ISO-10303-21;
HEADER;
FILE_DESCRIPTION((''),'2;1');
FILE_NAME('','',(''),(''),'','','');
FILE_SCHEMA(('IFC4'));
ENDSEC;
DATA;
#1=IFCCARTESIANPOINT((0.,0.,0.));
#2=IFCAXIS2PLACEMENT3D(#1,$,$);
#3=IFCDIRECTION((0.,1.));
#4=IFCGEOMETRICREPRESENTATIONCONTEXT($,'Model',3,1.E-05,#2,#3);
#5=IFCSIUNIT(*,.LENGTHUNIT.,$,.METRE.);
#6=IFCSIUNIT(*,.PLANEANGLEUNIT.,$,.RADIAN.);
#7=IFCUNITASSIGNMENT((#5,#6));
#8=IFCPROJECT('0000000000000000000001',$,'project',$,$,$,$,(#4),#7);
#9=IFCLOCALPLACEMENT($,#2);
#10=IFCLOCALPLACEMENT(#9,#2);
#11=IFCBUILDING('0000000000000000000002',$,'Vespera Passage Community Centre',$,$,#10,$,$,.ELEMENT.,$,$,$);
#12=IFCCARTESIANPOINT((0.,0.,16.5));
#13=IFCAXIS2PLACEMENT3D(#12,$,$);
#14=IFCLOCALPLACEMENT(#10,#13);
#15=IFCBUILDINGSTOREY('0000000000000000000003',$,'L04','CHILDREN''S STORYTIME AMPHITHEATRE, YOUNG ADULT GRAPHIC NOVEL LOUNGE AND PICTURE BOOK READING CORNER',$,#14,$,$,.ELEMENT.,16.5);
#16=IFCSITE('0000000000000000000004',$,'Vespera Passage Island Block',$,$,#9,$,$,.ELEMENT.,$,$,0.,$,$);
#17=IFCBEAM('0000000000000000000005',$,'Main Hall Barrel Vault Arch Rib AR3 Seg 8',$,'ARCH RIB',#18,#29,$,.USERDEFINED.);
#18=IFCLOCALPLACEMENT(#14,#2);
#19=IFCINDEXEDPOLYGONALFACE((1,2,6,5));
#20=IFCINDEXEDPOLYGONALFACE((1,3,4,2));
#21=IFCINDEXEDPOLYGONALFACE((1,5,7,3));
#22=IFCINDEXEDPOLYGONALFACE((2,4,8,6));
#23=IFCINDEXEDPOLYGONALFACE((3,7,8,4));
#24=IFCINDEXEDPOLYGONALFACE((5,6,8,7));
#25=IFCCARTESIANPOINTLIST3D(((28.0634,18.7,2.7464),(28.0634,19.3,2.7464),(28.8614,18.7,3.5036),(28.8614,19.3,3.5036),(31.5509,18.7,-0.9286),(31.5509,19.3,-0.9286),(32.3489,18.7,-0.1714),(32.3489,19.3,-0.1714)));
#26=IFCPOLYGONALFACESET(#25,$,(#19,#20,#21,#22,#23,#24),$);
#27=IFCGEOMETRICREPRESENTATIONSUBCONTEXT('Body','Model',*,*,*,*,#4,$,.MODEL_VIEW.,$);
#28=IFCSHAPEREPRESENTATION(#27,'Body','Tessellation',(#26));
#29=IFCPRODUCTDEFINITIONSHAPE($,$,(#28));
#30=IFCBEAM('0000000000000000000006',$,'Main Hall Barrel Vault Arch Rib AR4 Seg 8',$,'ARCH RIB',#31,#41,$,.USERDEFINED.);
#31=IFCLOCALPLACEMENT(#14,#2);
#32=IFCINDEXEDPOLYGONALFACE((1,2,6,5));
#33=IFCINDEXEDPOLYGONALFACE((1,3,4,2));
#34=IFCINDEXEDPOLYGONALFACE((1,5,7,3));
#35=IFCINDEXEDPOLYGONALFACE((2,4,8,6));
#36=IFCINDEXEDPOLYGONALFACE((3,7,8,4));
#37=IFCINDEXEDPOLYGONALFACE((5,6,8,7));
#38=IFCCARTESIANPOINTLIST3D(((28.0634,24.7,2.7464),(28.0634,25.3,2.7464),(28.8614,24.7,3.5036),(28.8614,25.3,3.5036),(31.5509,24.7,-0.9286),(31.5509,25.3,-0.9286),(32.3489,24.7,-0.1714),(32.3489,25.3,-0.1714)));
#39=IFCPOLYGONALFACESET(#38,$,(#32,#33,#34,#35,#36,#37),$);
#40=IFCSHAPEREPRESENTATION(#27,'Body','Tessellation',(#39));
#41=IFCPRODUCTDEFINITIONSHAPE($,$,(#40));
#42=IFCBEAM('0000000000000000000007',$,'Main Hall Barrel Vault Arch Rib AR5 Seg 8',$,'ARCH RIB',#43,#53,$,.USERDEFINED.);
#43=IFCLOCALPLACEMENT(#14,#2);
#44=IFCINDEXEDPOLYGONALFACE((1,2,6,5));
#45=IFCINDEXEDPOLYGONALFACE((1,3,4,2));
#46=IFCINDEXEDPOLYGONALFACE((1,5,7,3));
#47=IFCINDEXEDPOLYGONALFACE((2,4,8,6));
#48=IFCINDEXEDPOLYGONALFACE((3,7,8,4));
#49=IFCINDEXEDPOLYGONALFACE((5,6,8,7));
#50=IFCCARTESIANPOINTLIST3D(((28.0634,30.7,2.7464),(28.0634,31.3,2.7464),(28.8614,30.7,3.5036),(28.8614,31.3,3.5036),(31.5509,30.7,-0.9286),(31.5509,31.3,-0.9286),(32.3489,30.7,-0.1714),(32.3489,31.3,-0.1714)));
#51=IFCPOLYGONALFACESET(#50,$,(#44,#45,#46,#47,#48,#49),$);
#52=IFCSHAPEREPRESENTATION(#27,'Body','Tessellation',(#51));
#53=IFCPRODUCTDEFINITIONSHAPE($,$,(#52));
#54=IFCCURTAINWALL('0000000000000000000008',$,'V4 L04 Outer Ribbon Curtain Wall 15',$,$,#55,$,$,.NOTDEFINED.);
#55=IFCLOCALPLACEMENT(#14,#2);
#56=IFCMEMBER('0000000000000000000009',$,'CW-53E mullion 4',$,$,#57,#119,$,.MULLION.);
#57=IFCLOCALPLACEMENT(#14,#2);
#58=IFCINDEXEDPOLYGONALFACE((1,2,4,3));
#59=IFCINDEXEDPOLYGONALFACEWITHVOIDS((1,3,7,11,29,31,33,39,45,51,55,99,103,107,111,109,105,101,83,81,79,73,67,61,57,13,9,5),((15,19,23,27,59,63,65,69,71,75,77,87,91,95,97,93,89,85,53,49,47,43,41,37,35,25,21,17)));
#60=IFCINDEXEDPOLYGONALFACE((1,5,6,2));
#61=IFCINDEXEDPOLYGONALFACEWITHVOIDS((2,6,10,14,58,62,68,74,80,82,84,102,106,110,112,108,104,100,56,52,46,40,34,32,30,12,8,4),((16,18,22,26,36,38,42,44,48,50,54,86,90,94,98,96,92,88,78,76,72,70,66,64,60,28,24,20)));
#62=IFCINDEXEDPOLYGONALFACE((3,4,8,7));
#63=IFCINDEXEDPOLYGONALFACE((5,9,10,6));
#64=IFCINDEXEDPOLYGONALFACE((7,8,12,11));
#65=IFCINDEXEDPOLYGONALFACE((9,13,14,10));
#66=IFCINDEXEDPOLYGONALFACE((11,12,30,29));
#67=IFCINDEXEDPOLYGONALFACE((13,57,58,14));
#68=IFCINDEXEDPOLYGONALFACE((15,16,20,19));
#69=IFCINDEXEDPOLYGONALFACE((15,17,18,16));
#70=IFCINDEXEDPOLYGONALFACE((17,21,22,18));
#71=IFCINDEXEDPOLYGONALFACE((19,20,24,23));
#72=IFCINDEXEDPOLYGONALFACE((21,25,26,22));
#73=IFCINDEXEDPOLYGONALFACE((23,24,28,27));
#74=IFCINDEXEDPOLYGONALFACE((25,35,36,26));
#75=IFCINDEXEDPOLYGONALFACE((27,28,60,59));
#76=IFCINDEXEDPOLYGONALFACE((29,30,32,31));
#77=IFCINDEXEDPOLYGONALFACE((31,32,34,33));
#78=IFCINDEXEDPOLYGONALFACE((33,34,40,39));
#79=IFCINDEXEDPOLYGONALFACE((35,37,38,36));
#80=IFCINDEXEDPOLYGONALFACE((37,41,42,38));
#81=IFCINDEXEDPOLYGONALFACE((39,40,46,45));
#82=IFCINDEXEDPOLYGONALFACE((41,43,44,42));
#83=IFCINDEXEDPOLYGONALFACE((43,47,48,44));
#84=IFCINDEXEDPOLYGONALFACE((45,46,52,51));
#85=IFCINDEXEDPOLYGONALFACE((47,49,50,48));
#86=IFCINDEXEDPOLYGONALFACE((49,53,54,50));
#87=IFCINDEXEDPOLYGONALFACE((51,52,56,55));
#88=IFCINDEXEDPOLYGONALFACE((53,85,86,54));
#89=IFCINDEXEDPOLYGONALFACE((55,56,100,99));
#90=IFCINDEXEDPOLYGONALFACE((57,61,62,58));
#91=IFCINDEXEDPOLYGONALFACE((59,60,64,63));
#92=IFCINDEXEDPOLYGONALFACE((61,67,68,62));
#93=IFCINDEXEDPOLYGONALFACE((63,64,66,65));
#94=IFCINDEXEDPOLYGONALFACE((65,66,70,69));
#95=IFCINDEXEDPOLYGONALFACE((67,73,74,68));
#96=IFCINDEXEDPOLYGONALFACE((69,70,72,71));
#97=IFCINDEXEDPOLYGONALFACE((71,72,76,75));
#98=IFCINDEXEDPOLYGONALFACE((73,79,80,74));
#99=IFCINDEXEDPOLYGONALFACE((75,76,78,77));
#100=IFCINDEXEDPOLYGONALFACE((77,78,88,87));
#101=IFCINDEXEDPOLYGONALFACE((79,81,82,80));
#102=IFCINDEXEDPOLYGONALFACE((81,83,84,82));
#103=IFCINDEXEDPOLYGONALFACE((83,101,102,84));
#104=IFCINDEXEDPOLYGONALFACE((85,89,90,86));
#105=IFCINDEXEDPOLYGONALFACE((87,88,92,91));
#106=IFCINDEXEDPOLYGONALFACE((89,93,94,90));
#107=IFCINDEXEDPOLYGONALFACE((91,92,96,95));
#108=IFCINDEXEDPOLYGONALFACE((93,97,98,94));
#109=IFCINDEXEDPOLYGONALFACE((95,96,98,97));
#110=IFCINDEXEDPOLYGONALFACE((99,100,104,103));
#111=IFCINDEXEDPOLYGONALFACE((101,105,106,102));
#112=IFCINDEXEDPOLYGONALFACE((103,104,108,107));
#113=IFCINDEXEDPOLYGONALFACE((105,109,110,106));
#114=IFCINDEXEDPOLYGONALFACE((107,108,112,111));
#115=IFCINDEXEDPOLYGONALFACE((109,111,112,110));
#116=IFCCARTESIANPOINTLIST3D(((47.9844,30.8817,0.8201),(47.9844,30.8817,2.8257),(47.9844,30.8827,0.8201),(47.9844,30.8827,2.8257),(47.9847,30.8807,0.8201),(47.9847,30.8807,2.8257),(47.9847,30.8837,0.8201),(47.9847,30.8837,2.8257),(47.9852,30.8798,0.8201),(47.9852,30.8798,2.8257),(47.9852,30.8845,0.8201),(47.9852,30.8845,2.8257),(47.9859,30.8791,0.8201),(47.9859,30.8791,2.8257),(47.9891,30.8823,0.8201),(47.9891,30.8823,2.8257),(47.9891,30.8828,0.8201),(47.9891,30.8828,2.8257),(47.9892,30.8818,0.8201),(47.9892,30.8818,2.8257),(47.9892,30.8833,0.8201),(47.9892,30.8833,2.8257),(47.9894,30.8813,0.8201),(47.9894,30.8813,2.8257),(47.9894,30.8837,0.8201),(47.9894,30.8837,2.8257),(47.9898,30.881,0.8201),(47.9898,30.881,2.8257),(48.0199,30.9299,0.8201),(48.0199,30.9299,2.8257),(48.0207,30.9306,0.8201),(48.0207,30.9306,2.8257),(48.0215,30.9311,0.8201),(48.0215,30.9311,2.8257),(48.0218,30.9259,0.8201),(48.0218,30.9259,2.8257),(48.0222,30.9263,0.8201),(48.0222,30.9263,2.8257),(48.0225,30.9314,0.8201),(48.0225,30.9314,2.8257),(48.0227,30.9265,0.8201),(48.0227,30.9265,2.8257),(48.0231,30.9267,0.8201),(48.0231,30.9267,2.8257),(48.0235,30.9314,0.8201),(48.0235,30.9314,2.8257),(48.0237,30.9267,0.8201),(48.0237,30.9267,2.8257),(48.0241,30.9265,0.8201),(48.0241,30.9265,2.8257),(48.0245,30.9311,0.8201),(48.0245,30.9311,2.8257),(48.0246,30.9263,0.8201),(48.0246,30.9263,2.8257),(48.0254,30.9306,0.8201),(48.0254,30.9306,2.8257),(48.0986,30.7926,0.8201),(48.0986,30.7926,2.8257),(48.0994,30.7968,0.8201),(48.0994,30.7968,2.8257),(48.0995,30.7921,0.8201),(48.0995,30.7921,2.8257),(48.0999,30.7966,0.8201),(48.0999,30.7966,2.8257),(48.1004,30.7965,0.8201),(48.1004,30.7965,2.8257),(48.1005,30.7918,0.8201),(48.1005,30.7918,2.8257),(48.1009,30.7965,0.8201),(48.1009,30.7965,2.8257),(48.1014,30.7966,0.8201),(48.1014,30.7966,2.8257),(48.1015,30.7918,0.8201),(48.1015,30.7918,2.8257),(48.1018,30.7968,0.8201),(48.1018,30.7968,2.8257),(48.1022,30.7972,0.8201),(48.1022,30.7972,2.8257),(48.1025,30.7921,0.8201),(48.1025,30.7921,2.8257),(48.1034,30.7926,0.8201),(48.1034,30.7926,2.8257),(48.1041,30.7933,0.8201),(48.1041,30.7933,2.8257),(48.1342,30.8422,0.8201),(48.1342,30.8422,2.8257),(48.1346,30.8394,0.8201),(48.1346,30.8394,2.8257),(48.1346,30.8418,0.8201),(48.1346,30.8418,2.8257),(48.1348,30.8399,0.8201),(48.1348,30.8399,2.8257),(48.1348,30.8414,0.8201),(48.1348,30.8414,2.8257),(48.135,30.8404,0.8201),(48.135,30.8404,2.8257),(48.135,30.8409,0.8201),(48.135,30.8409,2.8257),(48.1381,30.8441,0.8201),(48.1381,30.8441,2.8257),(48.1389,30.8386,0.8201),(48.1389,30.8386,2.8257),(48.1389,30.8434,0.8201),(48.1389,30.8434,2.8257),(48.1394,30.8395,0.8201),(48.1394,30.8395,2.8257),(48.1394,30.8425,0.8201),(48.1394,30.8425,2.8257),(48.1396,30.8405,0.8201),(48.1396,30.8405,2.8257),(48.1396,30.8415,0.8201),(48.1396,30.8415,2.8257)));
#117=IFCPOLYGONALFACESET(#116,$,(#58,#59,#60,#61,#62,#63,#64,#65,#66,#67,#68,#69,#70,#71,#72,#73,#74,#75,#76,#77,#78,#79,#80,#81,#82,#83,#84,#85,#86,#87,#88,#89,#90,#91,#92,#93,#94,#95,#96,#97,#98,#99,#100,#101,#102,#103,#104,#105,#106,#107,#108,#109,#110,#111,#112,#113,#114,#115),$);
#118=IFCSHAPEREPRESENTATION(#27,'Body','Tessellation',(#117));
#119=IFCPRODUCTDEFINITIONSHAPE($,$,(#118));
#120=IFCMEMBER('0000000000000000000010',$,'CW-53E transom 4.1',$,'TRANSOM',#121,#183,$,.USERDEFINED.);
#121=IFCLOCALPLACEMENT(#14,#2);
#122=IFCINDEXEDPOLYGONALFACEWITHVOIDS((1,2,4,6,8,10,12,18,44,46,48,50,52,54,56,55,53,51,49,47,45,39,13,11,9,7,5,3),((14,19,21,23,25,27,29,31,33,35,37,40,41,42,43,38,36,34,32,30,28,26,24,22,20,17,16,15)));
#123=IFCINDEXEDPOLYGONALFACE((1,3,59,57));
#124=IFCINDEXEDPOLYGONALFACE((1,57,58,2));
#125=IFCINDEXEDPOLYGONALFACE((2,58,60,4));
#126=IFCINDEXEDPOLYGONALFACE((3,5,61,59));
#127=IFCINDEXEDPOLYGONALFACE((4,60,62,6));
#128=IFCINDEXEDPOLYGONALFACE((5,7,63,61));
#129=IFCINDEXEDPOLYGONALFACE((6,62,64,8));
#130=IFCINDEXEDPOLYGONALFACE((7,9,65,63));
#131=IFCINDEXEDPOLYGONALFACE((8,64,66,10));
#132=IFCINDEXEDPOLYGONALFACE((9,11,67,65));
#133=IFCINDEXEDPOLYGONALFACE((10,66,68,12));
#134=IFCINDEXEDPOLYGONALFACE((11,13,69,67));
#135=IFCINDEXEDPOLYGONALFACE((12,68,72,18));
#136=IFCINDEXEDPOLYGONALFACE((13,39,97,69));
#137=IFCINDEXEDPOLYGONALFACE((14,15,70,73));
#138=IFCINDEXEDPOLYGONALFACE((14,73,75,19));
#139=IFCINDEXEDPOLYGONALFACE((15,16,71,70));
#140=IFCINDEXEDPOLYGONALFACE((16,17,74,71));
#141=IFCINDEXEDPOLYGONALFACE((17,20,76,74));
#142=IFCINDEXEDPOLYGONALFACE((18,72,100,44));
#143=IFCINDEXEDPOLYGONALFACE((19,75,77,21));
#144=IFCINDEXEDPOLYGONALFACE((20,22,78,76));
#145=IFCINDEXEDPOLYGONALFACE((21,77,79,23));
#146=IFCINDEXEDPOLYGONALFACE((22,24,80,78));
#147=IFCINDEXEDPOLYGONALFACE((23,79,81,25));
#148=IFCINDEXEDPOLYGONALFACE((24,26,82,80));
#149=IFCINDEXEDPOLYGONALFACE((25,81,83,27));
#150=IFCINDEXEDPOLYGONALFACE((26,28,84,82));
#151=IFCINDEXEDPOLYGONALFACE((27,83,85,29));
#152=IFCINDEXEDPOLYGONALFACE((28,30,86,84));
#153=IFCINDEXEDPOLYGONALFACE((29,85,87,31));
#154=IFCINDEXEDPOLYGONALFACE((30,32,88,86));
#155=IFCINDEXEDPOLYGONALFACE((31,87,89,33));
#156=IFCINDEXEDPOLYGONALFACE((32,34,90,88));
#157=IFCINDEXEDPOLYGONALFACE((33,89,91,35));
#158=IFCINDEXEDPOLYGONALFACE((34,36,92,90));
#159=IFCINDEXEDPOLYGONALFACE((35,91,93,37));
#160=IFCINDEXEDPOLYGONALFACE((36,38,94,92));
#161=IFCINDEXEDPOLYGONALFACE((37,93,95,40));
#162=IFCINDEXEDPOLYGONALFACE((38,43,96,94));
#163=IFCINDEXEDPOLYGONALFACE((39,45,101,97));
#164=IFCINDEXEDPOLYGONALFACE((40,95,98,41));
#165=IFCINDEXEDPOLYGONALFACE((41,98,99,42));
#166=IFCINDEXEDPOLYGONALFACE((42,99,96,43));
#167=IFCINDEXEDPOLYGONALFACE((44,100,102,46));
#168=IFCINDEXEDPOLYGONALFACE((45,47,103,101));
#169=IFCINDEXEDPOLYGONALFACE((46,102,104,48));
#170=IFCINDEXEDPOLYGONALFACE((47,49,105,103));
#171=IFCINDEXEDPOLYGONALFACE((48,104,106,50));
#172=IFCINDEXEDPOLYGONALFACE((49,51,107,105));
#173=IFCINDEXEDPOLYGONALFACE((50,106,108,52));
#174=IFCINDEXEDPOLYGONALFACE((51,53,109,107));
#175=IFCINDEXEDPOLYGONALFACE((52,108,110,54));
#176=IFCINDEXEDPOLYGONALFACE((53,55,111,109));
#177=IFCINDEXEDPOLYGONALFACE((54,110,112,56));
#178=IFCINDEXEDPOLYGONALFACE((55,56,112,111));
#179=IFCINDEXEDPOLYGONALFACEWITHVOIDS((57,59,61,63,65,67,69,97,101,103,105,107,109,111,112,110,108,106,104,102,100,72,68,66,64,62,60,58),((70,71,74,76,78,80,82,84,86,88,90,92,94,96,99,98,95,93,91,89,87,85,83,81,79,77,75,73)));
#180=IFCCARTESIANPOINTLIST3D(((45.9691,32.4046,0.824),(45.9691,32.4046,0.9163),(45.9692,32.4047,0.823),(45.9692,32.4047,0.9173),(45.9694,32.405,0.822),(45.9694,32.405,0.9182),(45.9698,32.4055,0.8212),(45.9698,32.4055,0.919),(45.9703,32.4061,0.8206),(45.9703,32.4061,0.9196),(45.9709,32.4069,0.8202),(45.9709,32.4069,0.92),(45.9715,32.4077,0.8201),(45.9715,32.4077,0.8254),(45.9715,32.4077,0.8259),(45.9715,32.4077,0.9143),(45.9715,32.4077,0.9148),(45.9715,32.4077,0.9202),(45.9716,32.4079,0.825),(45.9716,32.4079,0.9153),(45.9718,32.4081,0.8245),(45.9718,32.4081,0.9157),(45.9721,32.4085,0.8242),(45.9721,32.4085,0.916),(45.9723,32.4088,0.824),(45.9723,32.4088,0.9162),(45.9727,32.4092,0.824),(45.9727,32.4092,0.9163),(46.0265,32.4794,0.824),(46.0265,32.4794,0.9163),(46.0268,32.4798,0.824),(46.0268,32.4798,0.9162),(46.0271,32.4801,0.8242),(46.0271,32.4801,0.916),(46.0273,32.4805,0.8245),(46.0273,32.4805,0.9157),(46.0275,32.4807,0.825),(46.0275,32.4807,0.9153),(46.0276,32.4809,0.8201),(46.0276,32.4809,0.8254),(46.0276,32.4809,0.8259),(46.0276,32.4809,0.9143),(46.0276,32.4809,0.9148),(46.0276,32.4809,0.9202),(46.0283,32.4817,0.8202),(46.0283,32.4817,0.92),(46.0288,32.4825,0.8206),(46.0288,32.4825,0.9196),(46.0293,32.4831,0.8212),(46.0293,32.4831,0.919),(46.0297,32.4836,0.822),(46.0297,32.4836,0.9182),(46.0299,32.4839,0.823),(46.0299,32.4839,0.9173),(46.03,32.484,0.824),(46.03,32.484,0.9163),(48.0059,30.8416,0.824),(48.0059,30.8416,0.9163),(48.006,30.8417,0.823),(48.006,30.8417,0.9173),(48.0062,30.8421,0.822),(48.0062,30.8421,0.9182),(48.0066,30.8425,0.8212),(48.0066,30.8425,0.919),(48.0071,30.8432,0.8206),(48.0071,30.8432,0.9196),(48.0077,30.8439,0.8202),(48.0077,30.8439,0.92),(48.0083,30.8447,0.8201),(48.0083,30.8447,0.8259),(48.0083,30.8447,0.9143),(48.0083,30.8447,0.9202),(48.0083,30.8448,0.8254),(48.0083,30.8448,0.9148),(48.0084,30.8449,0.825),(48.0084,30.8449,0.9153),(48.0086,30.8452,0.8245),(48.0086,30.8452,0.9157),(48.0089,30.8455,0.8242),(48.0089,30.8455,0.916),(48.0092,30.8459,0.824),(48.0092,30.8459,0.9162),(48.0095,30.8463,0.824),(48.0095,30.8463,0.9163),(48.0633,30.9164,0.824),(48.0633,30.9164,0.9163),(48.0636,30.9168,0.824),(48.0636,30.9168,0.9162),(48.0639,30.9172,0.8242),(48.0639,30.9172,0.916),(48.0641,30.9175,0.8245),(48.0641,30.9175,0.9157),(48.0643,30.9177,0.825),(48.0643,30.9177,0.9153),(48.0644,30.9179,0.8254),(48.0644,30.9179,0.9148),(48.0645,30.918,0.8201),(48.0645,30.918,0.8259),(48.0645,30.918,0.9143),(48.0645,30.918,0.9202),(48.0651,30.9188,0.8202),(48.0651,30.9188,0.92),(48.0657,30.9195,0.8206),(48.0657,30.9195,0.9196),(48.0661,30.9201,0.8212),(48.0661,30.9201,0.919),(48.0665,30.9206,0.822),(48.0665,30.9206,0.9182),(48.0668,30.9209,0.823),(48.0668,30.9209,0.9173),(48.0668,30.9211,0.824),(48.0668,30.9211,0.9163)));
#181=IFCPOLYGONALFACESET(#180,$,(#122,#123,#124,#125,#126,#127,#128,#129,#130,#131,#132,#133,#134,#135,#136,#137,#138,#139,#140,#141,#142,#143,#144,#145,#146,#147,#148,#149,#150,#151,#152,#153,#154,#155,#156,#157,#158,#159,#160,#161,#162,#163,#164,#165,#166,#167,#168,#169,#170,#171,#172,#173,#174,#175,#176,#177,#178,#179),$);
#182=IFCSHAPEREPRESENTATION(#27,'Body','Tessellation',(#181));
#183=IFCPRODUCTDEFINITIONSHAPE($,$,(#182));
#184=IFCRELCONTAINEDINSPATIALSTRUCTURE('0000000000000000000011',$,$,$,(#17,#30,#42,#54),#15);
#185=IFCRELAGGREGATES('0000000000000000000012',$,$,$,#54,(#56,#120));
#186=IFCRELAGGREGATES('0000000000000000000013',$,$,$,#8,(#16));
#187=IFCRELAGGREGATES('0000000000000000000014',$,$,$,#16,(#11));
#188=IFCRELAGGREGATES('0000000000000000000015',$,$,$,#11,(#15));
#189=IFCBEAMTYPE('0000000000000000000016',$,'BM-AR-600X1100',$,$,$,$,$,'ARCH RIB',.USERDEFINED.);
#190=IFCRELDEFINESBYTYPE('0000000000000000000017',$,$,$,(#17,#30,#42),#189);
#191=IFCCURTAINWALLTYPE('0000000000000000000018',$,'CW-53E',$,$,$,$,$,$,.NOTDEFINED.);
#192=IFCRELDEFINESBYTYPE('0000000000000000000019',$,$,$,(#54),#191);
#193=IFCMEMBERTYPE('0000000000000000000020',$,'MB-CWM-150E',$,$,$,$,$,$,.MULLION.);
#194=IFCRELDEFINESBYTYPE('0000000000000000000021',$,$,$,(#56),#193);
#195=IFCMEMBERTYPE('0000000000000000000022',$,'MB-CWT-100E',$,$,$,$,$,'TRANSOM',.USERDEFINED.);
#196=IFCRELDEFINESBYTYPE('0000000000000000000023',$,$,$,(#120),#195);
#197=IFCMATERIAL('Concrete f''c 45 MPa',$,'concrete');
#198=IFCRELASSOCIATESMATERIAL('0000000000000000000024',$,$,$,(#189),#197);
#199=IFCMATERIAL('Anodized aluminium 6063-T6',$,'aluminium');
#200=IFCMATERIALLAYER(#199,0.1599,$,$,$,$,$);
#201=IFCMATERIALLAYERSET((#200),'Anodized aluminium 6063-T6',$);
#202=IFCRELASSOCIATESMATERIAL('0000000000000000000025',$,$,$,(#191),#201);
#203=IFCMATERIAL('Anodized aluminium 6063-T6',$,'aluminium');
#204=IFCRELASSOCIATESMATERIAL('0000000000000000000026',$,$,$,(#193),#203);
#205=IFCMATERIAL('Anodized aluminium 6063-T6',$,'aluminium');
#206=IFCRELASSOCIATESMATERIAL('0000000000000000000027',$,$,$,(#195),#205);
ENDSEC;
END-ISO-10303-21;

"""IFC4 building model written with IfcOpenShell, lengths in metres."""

from ifc_helpers import new_model, si_unit, direction, frame, origin, origin_2d, place, context, subcontext, project, spatial, rectangle, hollow_rectangle, extrude, material, layer, layer_set, material_profile, profile_set, type_object, element, aggregate, save


model = new_model("IFC4")

# Units and contexts
model_context = context("Model", 3, precision=1e-05, world=origin(), true_north=direction((0.0, 1.0)))
body_context = subcontext(model_context, "Body", "Model", "MODEL_VIEW")
ifc_project = project(units=[si_unit("LENGTHUNIT", "METRE"), si_unit("PLANEANGLEUNIT", "RADIAN")], contexts=[model_context])

# Site, building, storey
site_placement = place(None, origin())
site = spatial("IfcSite", under=ifc_project, at=site_placement, Name="Vespera Passage Island Block", CompositionType="ELEMENT", RefElevation=0.0)
building_placement = place(site_placement, origin())
building = spatial("IfcBuilding", under=site, at=building_placement, Name="Vespera Passage Community Centre", CompositionType="ELEMENT")
storey_placement = place(building_placement, frame((0.0, 0.0, 16.5)))
storey = spatial("IfcBuildingStorey", under=building, at=storey_placement, Name="L04", Description="CHILDREN'S STORYTIME AMPHITHEATRE, YOUNG ADULT GRAPHIC NOVEL LOUNGE AND PICTURE BOOK READING CORNER", CompositionType="ELEMENT", Elevation=16.5)

# Beams
ifc_material_1 = material(Name="Concrete f'c 45 MPa", Category="concrete")
ifc_material_profile_1 = material_profile(ifc_material_1, rectangle(XDim=0.6001, YDim=1.1001, at=origin_2d()), Name="RC600X1100")
ifc_profile_set_1 = profile_set([ifc_material_profile_1], Name="Concrete f'c 45 MPa")
beam_type = type_object("IfcBeamType", Name="BM-AR-600X1100", ElementType="ARCH RIB", PredefinedType="USERDEFINED", material=ifc_profile_set_1)
for number, where, z_axis, x_axis, name in (
    (1, (28.4624, 19.0, 3.125), (0.688361, 0.0, -0.725369), (0.0, 1.0, 0.0), "Main Hall Barrel Vault Arch Rib AR3 Seg 8"),
    (2, (28.4624, 25.0, 3.125), (0.688361, 0.0, -0.725369), (0.0, 1.0, 0.0), "Main Hall Barrel Vault Arch Rib AR4 Seg 8"),
    (3, (28.4624, 31.0, 3.125), (0.688361, 0.0, -0.725369), (0.0, 1.0, 0.0), "Main Hall Barrel Vault Arch Rib AR5 Seg 8"),
):
    element("IfcBeam", number, at=place(storey_placement, frame(where, z_axis=z_axis, x_axis=x_axis)), inside=storey, type_object=beam_type, Name=name, ObjectType="ARCH RIB", PredefinedType="USERDEFINED", context=body_context, shape_type="SweptSolid", body=[
        extrude(rectangle(XDim=0.6001, YDim=1.1001, at=origin_2d()), origin(), (0.0, 0.0, 1.0), 5.0664),
    ])

# Curtain wall, members
ifc_material_2 = material(Name="Anodized aluminium 6063-T6", Category="aluminium")
ifc_layer_1 = layer(ifc_material_2, 0.1599)
ifc_layer_set_1 = layer_set([ifc_layer_1], Name="Anodized aluminium 6063-T6")
curtain_wall_type = type_object("IfcCurtainWallType", Name="CW-53E", PredefinedType="NOTDEFINED", material=ifc_layer_set_1)
curtain_wall_placement = place(storey_placement, origin())
curtain_wall = element("IfcCurtainWall", 4, at=curtain_wall_placement, inside=storey, type_object=curtain_wall_type, Name="V4 L04 Outer Ribbon Curtain Wall 15", PredefinedType="NOTDEFINED")
ifc_material_3 = material(Name="Anodized aluminium 6063-T6", Category="aluminium")
ifc_material_profile_2 = material_profile(ifc_material_3, hollow_rectangle(XDim=0.0649, YDim=0.1499, WallThickness=0.0039, InnerFilletRadius=0.002, OuterFilletRadius=0.0039, at=origin_2d()), Name="ALU150X65X4")
ifc_profile_set_2 = profile_set([ifc_material_profile_2], Name="Anodized aluminium 6063-T6")
member_type_1 = type_object("IfcMemberType", Name="MB-CWM-150E", PredefinedType="MULLION", material=ifc_profile_set_2)
member_1_placement = place(storey_placement, frame((48.062, 30.8616, 0.8201), z_axis=(0.0, 0.0, 1.0), x_axis=(-0.608772, -0.793345, 0.0)))
member_1 = element("IfcMember", 5, at=member_1_placement, type_object=member_type_1, Name="CW-53E mullion 4", PredefinedType="MULLION", context=body_context, shape_type="SweptSolid", body=[
    extrude(hollow_rectangle(XDim=0.0649, YDim=0.1499, WallThickness=0.0039, InnerFilletRadius=0.002, OuterFilletRadius=0.0039, at=origin_2d()), origin(), (0.0, 0.0, 1.0), 2.0056),
])
ifc_material_4 = material(Name="Anodized aluminium 6063-T6", Category="aluminium")
ifc_material_profile_3 = material_profile(ifc_material_4, hollow_rectangle(XDim=0.1001, YDim=0.1001, WallThickness=0.0039, InnerFilletRadius=0.002, OuterFilletRadius=0.0039, at=origin_2d()), Name="ALU100X100X4")
ifc_profile_set_3 = profile_set([ifc_material_profile_3], Name="Anodized aluminium 6063-T6")
member_type_2 = type_object("IfcMemberType", Name="MB-CWT-100E", ElementType="TRANSOM", PredefinedType="USERDEFINED", material=ifc_profile_set_3)
member_2_placement = place(storey_placement, frame((48.0364, 30.8813, 0.8701), z_axis=(-0.793345, 0.608773, 0.0), x_axis=(-0.608773, -0.793345, 0.0)))
member_2 = element("IfcMember", 6, at=member_2_placement, type_object=member_type_2, Name="CW-53E transom 4.1", ObjectType="TRANSOM", PredefinedType="USERDEFINED", context=body_context, shape_type="SweptSolid", body=[
    extrude(hollow_rectangle(XDim=0.1001, YDim=0.1001, WallThickness=0.0039, InnerFilletRadius=0.002, OuterFilletRadius=0.0039, at=origin_2d()), origin(), (0.0, 0.0, 1.0), 2.5674),
])

aggregate(curtain_wall, [member_1, member_2])

save(model, "model.ifc")
